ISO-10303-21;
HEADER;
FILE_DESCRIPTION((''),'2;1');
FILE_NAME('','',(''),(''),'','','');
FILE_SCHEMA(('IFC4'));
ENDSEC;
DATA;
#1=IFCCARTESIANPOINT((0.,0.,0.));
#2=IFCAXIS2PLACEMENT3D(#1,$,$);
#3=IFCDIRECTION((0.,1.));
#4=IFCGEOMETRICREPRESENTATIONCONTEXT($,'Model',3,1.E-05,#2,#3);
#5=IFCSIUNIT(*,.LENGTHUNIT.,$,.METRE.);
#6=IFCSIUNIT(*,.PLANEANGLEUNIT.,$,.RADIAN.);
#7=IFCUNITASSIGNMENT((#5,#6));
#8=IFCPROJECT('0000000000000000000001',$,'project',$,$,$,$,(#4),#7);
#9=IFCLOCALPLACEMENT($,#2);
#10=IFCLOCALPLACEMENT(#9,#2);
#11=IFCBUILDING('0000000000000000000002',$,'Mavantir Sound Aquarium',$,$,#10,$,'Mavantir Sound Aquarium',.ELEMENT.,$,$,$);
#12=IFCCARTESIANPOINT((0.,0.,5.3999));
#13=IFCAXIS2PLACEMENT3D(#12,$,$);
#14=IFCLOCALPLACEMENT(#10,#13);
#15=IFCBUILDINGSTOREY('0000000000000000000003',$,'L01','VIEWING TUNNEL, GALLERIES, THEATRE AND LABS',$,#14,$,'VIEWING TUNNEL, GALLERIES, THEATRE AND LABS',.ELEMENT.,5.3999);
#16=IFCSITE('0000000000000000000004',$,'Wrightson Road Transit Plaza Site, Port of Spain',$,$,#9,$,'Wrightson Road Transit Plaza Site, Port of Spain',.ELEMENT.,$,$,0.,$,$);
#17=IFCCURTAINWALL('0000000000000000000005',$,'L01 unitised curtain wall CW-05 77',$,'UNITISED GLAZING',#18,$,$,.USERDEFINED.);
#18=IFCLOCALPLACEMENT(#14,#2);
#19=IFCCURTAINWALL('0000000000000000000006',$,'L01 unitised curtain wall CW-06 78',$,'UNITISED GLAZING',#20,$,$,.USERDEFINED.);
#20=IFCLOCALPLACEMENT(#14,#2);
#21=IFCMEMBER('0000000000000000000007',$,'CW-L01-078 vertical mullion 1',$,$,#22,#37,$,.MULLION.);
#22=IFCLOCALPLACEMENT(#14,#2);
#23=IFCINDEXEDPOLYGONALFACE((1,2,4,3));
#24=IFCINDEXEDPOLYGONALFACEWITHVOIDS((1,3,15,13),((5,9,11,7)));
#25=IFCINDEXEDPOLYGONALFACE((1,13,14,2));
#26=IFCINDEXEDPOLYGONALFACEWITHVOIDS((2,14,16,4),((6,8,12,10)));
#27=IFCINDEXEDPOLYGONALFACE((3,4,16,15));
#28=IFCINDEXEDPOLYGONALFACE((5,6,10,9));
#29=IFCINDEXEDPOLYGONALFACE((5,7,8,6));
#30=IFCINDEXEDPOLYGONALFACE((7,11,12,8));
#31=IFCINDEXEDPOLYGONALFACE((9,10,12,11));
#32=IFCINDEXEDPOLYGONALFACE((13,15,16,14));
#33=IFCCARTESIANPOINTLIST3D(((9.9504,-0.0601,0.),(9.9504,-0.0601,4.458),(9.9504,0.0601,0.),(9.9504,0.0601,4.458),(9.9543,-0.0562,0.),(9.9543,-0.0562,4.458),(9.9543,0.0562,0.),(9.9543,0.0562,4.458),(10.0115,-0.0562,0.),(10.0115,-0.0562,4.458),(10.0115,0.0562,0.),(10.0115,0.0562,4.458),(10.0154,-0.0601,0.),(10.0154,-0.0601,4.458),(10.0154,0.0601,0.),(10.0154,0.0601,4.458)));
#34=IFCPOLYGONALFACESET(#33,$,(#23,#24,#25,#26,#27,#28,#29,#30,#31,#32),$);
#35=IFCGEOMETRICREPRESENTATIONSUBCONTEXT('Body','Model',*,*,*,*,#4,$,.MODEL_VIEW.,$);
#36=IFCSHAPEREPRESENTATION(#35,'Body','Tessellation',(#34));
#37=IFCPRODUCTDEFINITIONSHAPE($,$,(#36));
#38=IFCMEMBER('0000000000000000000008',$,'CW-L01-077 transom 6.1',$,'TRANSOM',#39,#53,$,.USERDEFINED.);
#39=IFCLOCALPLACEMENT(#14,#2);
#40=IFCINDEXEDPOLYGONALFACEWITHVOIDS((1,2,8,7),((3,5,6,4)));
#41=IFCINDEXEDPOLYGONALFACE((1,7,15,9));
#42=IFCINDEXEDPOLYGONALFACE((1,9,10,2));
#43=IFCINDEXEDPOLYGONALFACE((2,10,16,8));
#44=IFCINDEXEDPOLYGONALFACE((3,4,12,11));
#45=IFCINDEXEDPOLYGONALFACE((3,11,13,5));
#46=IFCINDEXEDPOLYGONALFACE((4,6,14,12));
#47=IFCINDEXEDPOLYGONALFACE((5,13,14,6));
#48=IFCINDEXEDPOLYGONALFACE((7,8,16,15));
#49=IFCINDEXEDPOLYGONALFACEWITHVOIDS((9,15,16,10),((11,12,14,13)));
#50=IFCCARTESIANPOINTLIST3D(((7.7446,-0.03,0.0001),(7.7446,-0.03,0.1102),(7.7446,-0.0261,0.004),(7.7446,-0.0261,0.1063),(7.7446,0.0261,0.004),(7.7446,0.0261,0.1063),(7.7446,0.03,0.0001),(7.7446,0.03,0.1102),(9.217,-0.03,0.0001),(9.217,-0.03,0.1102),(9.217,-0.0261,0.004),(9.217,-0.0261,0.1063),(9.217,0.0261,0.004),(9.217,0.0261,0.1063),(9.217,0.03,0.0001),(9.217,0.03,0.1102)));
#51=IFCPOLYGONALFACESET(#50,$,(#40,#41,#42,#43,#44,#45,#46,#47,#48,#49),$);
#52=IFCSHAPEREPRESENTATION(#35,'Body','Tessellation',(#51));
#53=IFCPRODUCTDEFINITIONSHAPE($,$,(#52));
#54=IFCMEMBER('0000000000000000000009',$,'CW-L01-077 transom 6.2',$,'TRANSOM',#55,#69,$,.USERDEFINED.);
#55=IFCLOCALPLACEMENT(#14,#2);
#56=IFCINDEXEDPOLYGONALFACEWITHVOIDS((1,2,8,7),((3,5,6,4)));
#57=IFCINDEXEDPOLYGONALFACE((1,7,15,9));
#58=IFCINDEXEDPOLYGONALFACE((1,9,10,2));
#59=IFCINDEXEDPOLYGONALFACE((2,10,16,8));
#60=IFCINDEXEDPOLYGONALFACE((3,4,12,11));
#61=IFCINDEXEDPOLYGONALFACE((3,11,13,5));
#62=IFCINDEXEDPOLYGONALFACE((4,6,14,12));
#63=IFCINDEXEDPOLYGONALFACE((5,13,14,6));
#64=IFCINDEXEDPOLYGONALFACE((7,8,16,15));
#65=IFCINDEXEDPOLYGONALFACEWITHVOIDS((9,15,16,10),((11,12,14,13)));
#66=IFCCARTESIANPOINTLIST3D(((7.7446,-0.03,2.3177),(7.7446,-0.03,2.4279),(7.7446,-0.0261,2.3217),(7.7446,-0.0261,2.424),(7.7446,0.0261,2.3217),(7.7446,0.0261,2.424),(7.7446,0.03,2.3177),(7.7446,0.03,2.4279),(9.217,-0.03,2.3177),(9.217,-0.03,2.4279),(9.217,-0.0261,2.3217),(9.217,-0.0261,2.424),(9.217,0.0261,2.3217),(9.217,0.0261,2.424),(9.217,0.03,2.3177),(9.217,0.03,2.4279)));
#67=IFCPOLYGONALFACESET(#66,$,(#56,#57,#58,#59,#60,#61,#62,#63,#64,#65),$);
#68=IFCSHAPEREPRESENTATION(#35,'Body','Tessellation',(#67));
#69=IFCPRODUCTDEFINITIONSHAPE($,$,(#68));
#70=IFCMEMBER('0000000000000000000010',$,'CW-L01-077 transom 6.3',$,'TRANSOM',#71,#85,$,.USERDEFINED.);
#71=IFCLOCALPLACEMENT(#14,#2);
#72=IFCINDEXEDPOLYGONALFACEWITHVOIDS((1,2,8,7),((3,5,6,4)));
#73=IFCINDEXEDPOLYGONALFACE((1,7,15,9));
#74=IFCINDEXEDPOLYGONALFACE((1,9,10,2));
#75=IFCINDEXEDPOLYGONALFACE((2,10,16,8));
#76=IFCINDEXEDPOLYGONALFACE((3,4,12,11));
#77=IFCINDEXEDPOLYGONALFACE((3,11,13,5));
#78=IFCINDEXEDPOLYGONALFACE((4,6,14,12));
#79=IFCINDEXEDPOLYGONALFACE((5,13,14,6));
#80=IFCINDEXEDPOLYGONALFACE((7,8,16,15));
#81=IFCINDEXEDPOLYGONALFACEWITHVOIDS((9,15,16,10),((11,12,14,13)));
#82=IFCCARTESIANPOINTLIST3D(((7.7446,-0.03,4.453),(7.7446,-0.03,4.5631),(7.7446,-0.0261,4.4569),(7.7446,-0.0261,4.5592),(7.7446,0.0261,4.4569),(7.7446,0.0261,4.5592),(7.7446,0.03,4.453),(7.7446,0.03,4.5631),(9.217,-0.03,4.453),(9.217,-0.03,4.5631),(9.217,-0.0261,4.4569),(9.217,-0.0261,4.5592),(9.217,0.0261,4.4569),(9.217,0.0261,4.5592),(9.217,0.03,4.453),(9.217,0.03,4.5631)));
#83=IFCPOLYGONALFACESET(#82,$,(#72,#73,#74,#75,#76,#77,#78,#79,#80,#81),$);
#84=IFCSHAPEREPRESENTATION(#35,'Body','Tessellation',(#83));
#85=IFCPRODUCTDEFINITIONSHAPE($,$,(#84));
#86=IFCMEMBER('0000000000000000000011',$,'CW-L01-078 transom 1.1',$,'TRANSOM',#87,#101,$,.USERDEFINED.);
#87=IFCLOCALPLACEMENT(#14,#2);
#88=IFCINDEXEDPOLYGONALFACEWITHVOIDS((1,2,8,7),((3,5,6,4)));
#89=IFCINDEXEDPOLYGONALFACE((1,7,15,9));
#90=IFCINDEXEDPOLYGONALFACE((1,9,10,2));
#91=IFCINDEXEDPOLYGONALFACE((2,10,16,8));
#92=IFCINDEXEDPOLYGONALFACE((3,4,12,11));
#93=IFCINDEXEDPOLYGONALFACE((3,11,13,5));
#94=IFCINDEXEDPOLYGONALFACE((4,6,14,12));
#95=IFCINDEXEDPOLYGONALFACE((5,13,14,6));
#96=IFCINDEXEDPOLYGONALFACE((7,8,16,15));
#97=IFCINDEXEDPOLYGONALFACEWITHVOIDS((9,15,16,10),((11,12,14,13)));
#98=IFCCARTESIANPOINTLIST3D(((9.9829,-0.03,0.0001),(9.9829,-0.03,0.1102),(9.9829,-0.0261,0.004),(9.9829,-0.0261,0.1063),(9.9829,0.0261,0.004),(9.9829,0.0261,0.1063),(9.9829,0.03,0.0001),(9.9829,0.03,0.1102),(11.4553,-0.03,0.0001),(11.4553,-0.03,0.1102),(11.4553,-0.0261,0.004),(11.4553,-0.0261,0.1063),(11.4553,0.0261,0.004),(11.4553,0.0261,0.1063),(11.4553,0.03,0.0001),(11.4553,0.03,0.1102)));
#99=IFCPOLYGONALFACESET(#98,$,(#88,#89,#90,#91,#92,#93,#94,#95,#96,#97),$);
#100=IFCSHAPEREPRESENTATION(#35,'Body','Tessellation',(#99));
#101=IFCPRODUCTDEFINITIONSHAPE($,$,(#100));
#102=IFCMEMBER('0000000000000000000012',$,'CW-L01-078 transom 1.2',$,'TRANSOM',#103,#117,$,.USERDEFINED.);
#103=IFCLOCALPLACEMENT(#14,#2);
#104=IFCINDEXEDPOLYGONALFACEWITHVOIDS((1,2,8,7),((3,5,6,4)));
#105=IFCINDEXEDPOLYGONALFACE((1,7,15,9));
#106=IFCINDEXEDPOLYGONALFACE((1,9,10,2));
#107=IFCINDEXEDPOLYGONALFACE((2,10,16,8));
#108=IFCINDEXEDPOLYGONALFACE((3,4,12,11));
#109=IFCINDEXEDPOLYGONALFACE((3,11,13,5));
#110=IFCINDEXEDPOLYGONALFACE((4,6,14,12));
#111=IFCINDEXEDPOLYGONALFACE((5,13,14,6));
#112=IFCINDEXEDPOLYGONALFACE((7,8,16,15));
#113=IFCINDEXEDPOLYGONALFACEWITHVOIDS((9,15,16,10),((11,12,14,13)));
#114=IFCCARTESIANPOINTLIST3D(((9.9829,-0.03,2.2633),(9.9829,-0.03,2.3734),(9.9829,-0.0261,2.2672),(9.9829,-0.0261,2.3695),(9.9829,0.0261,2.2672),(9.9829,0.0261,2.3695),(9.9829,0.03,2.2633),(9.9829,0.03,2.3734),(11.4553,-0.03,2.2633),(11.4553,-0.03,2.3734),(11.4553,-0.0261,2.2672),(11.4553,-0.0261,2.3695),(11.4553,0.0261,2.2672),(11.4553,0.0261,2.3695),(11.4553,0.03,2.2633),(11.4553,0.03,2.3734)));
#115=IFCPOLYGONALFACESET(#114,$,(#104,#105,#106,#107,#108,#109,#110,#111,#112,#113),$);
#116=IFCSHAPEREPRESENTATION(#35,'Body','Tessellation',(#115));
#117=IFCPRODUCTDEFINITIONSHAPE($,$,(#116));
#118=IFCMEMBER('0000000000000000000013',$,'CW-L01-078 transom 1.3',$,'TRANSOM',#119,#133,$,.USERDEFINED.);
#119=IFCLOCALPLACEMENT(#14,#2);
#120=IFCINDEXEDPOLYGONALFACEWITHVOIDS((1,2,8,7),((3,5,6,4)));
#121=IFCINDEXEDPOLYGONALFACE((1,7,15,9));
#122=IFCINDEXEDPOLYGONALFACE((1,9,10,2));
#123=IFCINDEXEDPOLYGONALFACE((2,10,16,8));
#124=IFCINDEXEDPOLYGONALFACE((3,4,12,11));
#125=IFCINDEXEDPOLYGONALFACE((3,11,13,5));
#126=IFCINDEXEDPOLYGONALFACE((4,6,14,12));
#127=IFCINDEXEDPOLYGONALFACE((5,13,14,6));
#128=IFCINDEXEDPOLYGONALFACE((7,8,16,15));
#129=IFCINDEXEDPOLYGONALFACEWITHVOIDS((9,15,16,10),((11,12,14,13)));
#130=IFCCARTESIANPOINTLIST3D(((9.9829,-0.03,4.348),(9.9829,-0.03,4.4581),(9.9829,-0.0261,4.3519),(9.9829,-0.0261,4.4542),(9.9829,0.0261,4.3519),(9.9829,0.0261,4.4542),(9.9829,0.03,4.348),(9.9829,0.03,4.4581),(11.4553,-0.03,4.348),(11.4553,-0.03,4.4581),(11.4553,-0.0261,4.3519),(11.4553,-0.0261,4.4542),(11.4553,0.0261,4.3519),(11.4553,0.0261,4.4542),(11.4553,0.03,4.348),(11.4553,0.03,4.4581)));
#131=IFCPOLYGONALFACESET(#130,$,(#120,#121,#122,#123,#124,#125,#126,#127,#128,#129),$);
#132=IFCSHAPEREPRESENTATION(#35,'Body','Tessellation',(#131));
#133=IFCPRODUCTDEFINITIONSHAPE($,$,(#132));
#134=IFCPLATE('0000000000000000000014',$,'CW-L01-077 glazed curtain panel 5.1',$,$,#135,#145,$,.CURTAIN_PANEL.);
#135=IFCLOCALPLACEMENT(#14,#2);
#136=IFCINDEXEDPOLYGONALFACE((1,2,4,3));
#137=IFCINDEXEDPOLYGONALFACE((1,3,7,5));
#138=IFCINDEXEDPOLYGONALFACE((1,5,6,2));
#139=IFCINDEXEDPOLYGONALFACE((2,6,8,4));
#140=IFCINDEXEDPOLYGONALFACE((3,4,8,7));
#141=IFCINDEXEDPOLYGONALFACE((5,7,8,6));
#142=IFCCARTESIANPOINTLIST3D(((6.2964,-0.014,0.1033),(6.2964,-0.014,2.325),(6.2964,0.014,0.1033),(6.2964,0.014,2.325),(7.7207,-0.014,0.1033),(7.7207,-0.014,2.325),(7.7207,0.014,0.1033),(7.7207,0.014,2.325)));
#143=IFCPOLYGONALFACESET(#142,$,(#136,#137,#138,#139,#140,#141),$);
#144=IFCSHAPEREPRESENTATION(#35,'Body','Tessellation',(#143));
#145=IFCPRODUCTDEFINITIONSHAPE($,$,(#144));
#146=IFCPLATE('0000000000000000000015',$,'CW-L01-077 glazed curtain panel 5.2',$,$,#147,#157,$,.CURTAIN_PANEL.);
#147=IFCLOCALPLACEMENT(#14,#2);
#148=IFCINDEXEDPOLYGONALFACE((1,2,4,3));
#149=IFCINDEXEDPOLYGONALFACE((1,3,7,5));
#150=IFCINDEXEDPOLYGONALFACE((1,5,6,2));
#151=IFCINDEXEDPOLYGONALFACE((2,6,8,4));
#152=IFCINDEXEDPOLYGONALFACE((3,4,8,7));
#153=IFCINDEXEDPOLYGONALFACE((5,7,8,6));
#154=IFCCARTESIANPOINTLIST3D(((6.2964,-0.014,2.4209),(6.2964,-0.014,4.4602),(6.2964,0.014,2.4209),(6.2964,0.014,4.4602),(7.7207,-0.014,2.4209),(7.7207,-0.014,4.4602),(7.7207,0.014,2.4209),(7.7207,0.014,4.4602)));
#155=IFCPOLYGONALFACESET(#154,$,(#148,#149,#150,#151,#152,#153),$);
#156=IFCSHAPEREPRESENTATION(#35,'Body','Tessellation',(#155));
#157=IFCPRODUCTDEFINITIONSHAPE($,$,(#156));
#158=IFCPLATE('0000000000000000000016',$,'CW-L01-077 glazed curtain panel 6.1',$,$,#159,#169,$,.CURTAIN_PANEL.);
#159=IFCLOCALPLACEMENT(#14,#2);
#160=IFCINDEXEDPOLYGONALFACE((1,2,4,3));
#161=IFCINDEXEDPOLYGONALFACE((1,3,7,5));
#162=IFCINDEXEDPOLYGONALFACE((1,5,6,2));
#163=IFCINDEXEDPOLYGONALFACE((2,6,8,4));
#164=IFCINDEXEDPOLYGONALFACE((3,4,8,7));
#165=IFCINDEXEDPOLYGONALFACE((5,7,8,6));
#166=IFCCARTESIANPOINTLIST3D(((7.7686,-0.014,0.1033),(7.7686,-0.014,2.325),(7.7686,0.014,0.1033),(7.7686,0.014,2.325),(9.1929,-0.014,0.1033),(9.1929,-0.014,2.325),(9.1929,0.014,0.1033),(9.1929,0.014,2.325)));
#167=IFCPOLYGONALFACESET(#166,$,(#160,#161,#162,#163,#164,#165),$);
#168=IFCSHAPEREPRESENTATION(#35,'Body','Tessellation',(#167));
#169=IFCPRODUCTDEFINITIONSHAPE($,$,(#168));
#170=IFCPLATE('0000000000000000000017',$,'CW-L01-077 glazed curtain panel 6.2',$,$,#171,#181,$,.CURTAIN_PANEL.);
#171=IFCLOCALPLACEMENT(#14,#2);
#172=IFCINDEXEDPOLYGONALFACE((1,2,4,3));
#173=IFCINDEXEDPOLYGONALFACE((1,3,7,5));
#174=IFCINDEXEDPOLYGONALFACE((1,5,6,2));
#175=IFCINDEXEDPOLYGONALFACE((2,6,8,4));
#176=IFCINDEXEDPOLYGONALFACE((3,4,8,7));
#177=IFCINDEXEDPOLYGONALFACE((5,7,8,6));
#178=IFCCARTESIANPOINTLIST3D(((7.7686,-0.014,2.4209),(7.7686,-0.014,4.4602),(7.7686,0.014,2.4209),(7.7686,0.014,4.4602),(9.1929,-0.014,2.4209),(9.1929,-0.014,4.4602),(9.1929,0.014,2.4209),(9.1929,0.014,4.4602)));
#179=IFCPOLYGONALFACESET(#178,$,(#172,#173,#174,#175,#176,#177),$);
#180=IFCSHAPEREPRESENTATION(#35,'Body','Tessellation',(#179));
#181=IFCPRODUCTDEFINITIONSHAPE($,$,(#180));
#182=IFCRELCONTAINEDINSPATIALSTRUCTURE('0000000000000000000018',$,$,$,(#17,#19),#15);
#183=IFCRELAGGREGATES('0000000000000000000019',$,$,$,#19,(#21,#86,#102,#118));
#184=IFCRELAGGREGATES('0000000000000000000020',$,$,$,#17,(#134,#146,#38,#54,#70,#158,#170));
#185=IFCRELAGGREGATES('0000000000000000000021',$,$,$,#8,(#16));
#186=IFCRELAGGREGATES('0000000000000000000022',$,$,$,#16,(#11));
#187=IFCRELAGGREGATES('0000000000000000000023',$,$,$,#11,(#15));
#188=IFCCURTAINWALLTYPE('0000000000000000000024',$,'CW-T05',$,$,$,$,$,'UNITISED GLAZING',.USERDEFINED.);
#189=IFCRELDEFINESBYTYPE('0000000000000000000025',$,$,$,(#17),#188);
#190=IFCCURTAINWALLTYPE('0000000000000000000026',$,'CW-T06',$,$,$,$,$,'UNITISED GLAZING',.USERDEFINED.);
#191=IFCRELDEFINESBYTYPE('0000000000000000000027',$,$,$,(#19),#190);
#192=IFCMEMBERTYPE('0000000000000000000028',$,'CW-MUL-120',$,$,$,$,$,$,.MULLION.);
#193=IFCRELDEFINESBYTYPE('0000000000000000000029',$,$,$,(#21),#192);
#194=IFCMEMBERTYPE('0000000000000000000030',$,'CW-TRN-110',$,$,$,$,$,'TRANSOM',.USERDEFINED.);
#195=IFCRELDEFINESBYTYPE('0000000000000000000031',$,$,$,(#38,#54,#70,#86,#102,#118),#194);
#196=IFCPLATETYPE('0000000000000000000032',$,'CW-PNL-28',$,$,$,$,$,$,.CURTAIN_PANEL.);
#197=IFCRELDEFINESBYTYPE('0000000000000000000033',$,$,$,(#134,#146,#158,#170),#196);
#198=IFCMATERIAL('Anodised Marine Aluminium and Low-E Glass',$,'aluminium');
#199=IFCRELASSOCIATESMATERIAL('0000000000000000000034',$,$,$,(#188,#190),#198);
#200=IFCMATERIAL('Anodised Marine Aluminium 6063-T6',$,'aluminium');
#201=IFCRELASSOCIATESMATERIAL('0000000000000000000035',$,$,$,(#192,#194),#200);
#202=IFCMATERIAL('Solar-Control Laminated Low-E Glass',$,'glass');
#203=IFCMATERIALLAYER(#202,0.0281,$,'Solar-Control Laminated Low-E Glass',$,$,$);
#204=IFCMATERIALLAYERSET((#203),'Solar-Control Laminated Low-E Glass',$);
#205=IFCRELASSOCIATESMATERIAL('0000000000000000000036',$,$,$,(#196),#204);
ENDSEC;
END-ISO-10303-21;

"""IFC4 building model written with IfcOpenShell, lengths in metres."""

from ifc_helpers import new_model, si_unit, direction, frame, origin, origin_2d, place, context, subcontext, project, spatial, rectangle, hollow_rectangle, extrude, material, layer, layer_set, material_profile, profile_set, type_object, element, aggregate, save


model = new_model("IFC4")

# Units and contexts
model_context = context("Model", 3, precision=1e-05, world=origin(), true_north=direction((0.0, 1.0)))
body_context = subcontext(model_context, "Body", "Model", "MODEL_VIEW")
ifc_project = project(units=[si_unit("LENGTHUNIT", "METRE"), si_unit("PLANEANGLEUNIT", "RADIAN")], contexts=[model_context])

# Site, building, storey
site_placement = place(None, origin())
site = spatial("IfcSite", under=ifc_project, at=site_placement, Name="Wrightson Road Transit Plaza Site, Port of Spain", LongName="Wrightson Road Transit Plaza Site, Port of Spain", CompositionType="ELEMENT", RefElevation=0.0)
building_placement = place(site_placement, origin())
building = spatial("IfcBuilding", under=site, at=building_placement, Name="Mavantir Sound Aquarium", LongName="Mavantir Sound Aquarium", CompositionType="ELEMENT")
storey_placement = place(building_placement, frame((0.0, 0.0, 5.3999)))
storey = spatial("IfcBuildingStorey", under=building, at=storey_placement, Name="L01", Description="VIEWING TUNNEL, GALLERIES, THEATRE AND LABS", LongName="VIEWING TUNNEL, GALLERIES, THEATRE AND LABS", CompositionType="ELEMENT", Elevation=5.3999)

# Curtain wall
ifc_material_1 = material(Name="Anodised Marine Aluminium and Low-E Glass", Category="aluminium")
curtain_wall_type_1 = type_object("IfcCurtainWallType", Name="CW-T05", ElementType="UNITISED GLAZING", PredefinedType="USERDEFINED", material=ifc_material_1)
curtain_wall_1_placement = place(storey_placement, origin())
curtain_wall_1 = element("IfcCurtainWall", 1, at=curtain_wall_1_placement, inside=storey, type_object=curtain_wall_type_1, Name="L01 unitised curtain wall CW-05 77", ObjectType="UNITISED GLAZING", PredefinedType="USERDEFINED")
ifc_material_2 = material(Name="Anodised Marine Aluminium 6063-T6", Category="aluminium")

# Curtain wall, member
curtain_wall_type_2 = type_object("IfcCurtainWallType", Name="CW-T06", ElementType="UNITISED GLAZING", PredefinedType="USERDEFINED", material=ifc_material_1)
curtain_wall_2_placement = place(storey_placement, origin())
curtain_wall_2 = element("IfcCurtainWall", 2, at=curtain_wall_2_placement, inside=storey, type_object=curtain_wall_type_2, Name="L01 unitised curtain wall CW-06 78", ObjectType="UNITISED GLAZING", PredefinedType="USERDEFINED")
ifc_material_profile_1 = material_profile(ifc_material_2, hollow_rectangle(XDim=0.0649, YDim=0.1201, WallThickness=0.0039, at=origin_2d()), Name="ALU-MULLION-120X65")
ifc_profile_set_1 = profile_set([ifc_material_profile_1], Name="Anodised Marine Aluminium 6063-T6")
member_type_1 = type_object("IfcMemberType", Name="CW-MUL-120", PredefinedType="MULLION", material=ifc_profile_set_1)
member_1_placement = place(storey_placement, frame((9.9829, 0.0, 0.0), z_axis=(0.0, 0.0, 1.0), x_axis=(1.0, 0.0, 0.0)))
member_1 = element("IfcMember", 3, at=member_1_placement, type_object=member_type_1, Name="CW-L01-078 vertical mullion 1", PredefinedType="MULLION", context=body_context, shape_type="SweptSolid", body=[
    extrude(hollow_rectangle(XDim=0.0649, YDim=0.1201, WallThickness=0.0039, at=origin_2d()), origin(), (0.0, 0.0, 1.0), 4.458),
])

# Members
ifc_material_profile_2 = material_profile(ifc_material_2, hollow_rectangle(XDim=0.0601, YDim=0.1101, WallThickness=0.0039, at=origin_2d()), Name="ALU-TRANSOM-110X60")
ifc_profile_set_2 = profile_set([ifc_material_profile_2], Name="Anodised Marine Aluminium 6063-T6")
member_type_2 = type_object("IfcMemberType", Name="CW-TRN-110", ElementType="TRANSOM", PredefinedType="USERDEFINED", material=ifc_profile_set_2)
member_2_placement = place(storey_placement, frame((7.7446, 0.0, 0.0552), z_axis=(1.0, 0.0, 0.0), x_axis=(0.0, 1.0, 0.0)))
member_2 = element("IfcMember", 4, at=member_2_placement, type_object=member_type_2, Name="CW-L01-077 transom 6.1", ObjectType="TRANSOM", PredefinedType="USERDEFINED", context=body_context, shape_type="SweptSolid", body=[
    extrude(hollow_rectangle(XDim=0.0601, YDim=0.1101, WallThickness=0.0039, at=origin_2d()), origin(), (0.0, 0.0, 1.0), 1.4724),
])
member_3_placement = place(storey_placement, frame((7.7446, 0.0, 2.3728), z_axis=(1.0, 0.0, 0.0), x_axis=(0.0, 1.0, 0.0)))
member_3 = element("IfcMember", 5, at=member_3_placement, type_object=member_type_2, Name="CW-L01-077 transom 6.2", ObjectType="TRANSOM", PredefinedType="USERDEFINED", context=body_context, shape_type="SweptSolid", body=[
    extrude(hollow_rectangle(XDim=0.0601, YDim=0.1101, WallThickness=0.0039, at=origin_2d()), origin(), (0.0, 0.0, 1.0), 1.4724),
])
member_4_placement = place(storey_placement, frame((7.7446, 0.0, 4.5081), z_axis=(1.0, 0.0, 0.0), x_axis=(0.0, 1.0, 0.0)))
member_4 = element("IfcMember", 6, at=member_4_placement, type_object=member_type_2, Name="CW-L01-077 transom 6.3", ObjectType="TRANSOM", PredefinedType="USERDEFINED", context=body_context, shape_type="SweptSolid", body=[
    extrude(hollow_rectangle(XDim=0.0601, YDim=0.1101, WallThickness=0.0039, at=origin_2d()), origin(), (0.0, 0.0, 1.0), 1.4724),
])
member_5_placement = place(storey_placement, frame((9.9829, 0.0, 0.0552), z_axis=(1.0, 0.0, 0.0), x_axis=(0.0, 1.0, 0.0)))
member_5 = element("IfcMember", 7, at=member_5_placement, type_object=member_type_2, Name="CW-L01-078 transom 1.1", ObjectType="TRANSOM", PredefinedType="USERDEFINED", context=body_context, shape_type="SweptSolid", body=[
    extrude(hollow_rectangle(XDim=0.0601, YDim=0.1101, WallThickness=0.0039, at=origin_2d()), origin(), (0.0, 0.0, 1.0), 1.4724),
])
member_6_placement = place(storey_placement, frame((9.9829, 0.0, 2.3184), z_axis=(1.0, 0.0, 0.0), x_axis=(0.0, 1.0, 0.0)))
member_6 = element("IfcMember", 8, at=member_6_placement, type_object=member_type_2, Name="CW-L01-078 transom 1.2", ObjectType="TRANSOM", PredefinedType="USERDEFINED", context=body_context, shape_type="SweptSolid", body=[
    extrude(hollow_rectangle(XDim=0.0601, YDim=0.1101, WallThickness=0.0039, at=origin_2d()), origin(), (0.0, 0.0, 1.0), 1.4724),
])
member_7_placement = place(storey_placement, frame((9.9829, 0.0, 4.4031), z_axis=(1.0, 0.0, 0.0), x_axis=(0.0, 1.0, 0.0)))
member_7 = element("IfcMember", 9, at=member_7_placement, type_object=member_type_2, Name="CW-L01-078 transom 1.3", ObjectType="TRANSOM", PredefinedType="USERDEFINED", context=body_context, shape_type="SweptSolid", body=[
    extrude(hollow_rectangle(XDim=0.0601, YDim=0.1101, WallThickness=0.0039, at=origin_2d()), origin(), (0.0, 0.0, 1.0), 1.4724),
])
aggregate(curtain_wall_2, [member_1, member_5, member_6, member_7])

# Plates
ifc_material_3 = material(Name="Solar-Control Laminated Low-E Glass", Category="glass")
ifc_layer_1 = layer(ifc_material_3, 0.0281, Name="Solar-Control Laminated Low-E Glass")
ifc_layer_set_1 = layer_set([ifc_layer_1], Name="Solar-Control Laminated Low-E Glass")
plate_type = type_object("IfcPlateType", Name="CW-PNL-28", PredefinedType="CURTAIN_PANEL", material=ifc_layer_set_1)
plate_1_placement = place(storey_placement, frame((7.0085, 0.0, 0.1033), z_axis=(0.0, 0.0, 1.0), x_axis=(1.0, 0.0, 0.0)))
plate_1 = element("IfcPlate", 10, at=plate_1_placement, type_object=plate_type, Name="CW-L01-077 glazed curtain panel 5.1", PredefinedType="CURTAIN_PANEL", context=body_context, shape_type="SweptSolid", body=[
    extrude(rectangle(XDim=1.4243, YDim=0.0281, at=origin_2d()), origin(), (0.0, 0.0, 1.0), 2.2217),
])
plate_2_placement = place(storey_placement, frame((7.0085, 0.0, 2.4209), z_axis=(0.0, 0.0, 1.0), x_axis=(1.0, 0.0, 0.0)))
plate_2 = element("IfcPlate", 11, at=plate_2_placement, type_object=plate_type, Name="CW-L01-077 glazed curtain panel 5.2", PredefinedType="CURTAIN_PANEL", context=body_context, shape_type="SweptSolid", body=[
    extrude(rectangle(XDim=1.4243, YDim=0.0281, at=origin_2d()), origin(), (0.0, 0.0, 1.0), 2.0393),
])
plate_3_placement = place(storey_placement, frame((8.4807, 0.0, 0.1033), z_axis=(0.0, 0.0, 1.0), x_axis=(1.0, 0.0, 0.0)))
plate_3 = element("IfcPlate", 12, at=plate_3_placement, type_object=plate_type, Name="CW-L01-077 glazed curtain panel 6.1", PredefinedType="CURTAIN_PANEL", context=body_context, shape_type="SweptSolid", body=[
    extrude(rectangle(XDim=1.4243, YDim=0.0281, at=origin_2d()), origin(), (0.0, 0.0, 1.0), 2.2217),
])
plate_4_placement = place(storey_placement, frame((8.4807, 0.0, 2.4209), z_axis=(0.0, 0.0, 1.0), x_axis=(1.0, 0.0, 0.0)))
plate_4 = element("IfcPlate", 13, at=plate_4_placement, type_object=plate_type, Name="CW-L01-077 glazed curtain panel 6.2", PredefinedType="CURTAIN_PANEL", context=body_context, shape_type="SweptSolid", body=[
    extrude(rectangle(XDim=1.4243, YDim=0.0281, at=origin_2d()), origin(), (0.0, 0.0, 1.0), 2.0393),
])
aggregate(curtain_wall_1, [plate_1, plate_2, member_2, member_3, member_4, plate_3, plate_4])

save(model, "model.ifc")
